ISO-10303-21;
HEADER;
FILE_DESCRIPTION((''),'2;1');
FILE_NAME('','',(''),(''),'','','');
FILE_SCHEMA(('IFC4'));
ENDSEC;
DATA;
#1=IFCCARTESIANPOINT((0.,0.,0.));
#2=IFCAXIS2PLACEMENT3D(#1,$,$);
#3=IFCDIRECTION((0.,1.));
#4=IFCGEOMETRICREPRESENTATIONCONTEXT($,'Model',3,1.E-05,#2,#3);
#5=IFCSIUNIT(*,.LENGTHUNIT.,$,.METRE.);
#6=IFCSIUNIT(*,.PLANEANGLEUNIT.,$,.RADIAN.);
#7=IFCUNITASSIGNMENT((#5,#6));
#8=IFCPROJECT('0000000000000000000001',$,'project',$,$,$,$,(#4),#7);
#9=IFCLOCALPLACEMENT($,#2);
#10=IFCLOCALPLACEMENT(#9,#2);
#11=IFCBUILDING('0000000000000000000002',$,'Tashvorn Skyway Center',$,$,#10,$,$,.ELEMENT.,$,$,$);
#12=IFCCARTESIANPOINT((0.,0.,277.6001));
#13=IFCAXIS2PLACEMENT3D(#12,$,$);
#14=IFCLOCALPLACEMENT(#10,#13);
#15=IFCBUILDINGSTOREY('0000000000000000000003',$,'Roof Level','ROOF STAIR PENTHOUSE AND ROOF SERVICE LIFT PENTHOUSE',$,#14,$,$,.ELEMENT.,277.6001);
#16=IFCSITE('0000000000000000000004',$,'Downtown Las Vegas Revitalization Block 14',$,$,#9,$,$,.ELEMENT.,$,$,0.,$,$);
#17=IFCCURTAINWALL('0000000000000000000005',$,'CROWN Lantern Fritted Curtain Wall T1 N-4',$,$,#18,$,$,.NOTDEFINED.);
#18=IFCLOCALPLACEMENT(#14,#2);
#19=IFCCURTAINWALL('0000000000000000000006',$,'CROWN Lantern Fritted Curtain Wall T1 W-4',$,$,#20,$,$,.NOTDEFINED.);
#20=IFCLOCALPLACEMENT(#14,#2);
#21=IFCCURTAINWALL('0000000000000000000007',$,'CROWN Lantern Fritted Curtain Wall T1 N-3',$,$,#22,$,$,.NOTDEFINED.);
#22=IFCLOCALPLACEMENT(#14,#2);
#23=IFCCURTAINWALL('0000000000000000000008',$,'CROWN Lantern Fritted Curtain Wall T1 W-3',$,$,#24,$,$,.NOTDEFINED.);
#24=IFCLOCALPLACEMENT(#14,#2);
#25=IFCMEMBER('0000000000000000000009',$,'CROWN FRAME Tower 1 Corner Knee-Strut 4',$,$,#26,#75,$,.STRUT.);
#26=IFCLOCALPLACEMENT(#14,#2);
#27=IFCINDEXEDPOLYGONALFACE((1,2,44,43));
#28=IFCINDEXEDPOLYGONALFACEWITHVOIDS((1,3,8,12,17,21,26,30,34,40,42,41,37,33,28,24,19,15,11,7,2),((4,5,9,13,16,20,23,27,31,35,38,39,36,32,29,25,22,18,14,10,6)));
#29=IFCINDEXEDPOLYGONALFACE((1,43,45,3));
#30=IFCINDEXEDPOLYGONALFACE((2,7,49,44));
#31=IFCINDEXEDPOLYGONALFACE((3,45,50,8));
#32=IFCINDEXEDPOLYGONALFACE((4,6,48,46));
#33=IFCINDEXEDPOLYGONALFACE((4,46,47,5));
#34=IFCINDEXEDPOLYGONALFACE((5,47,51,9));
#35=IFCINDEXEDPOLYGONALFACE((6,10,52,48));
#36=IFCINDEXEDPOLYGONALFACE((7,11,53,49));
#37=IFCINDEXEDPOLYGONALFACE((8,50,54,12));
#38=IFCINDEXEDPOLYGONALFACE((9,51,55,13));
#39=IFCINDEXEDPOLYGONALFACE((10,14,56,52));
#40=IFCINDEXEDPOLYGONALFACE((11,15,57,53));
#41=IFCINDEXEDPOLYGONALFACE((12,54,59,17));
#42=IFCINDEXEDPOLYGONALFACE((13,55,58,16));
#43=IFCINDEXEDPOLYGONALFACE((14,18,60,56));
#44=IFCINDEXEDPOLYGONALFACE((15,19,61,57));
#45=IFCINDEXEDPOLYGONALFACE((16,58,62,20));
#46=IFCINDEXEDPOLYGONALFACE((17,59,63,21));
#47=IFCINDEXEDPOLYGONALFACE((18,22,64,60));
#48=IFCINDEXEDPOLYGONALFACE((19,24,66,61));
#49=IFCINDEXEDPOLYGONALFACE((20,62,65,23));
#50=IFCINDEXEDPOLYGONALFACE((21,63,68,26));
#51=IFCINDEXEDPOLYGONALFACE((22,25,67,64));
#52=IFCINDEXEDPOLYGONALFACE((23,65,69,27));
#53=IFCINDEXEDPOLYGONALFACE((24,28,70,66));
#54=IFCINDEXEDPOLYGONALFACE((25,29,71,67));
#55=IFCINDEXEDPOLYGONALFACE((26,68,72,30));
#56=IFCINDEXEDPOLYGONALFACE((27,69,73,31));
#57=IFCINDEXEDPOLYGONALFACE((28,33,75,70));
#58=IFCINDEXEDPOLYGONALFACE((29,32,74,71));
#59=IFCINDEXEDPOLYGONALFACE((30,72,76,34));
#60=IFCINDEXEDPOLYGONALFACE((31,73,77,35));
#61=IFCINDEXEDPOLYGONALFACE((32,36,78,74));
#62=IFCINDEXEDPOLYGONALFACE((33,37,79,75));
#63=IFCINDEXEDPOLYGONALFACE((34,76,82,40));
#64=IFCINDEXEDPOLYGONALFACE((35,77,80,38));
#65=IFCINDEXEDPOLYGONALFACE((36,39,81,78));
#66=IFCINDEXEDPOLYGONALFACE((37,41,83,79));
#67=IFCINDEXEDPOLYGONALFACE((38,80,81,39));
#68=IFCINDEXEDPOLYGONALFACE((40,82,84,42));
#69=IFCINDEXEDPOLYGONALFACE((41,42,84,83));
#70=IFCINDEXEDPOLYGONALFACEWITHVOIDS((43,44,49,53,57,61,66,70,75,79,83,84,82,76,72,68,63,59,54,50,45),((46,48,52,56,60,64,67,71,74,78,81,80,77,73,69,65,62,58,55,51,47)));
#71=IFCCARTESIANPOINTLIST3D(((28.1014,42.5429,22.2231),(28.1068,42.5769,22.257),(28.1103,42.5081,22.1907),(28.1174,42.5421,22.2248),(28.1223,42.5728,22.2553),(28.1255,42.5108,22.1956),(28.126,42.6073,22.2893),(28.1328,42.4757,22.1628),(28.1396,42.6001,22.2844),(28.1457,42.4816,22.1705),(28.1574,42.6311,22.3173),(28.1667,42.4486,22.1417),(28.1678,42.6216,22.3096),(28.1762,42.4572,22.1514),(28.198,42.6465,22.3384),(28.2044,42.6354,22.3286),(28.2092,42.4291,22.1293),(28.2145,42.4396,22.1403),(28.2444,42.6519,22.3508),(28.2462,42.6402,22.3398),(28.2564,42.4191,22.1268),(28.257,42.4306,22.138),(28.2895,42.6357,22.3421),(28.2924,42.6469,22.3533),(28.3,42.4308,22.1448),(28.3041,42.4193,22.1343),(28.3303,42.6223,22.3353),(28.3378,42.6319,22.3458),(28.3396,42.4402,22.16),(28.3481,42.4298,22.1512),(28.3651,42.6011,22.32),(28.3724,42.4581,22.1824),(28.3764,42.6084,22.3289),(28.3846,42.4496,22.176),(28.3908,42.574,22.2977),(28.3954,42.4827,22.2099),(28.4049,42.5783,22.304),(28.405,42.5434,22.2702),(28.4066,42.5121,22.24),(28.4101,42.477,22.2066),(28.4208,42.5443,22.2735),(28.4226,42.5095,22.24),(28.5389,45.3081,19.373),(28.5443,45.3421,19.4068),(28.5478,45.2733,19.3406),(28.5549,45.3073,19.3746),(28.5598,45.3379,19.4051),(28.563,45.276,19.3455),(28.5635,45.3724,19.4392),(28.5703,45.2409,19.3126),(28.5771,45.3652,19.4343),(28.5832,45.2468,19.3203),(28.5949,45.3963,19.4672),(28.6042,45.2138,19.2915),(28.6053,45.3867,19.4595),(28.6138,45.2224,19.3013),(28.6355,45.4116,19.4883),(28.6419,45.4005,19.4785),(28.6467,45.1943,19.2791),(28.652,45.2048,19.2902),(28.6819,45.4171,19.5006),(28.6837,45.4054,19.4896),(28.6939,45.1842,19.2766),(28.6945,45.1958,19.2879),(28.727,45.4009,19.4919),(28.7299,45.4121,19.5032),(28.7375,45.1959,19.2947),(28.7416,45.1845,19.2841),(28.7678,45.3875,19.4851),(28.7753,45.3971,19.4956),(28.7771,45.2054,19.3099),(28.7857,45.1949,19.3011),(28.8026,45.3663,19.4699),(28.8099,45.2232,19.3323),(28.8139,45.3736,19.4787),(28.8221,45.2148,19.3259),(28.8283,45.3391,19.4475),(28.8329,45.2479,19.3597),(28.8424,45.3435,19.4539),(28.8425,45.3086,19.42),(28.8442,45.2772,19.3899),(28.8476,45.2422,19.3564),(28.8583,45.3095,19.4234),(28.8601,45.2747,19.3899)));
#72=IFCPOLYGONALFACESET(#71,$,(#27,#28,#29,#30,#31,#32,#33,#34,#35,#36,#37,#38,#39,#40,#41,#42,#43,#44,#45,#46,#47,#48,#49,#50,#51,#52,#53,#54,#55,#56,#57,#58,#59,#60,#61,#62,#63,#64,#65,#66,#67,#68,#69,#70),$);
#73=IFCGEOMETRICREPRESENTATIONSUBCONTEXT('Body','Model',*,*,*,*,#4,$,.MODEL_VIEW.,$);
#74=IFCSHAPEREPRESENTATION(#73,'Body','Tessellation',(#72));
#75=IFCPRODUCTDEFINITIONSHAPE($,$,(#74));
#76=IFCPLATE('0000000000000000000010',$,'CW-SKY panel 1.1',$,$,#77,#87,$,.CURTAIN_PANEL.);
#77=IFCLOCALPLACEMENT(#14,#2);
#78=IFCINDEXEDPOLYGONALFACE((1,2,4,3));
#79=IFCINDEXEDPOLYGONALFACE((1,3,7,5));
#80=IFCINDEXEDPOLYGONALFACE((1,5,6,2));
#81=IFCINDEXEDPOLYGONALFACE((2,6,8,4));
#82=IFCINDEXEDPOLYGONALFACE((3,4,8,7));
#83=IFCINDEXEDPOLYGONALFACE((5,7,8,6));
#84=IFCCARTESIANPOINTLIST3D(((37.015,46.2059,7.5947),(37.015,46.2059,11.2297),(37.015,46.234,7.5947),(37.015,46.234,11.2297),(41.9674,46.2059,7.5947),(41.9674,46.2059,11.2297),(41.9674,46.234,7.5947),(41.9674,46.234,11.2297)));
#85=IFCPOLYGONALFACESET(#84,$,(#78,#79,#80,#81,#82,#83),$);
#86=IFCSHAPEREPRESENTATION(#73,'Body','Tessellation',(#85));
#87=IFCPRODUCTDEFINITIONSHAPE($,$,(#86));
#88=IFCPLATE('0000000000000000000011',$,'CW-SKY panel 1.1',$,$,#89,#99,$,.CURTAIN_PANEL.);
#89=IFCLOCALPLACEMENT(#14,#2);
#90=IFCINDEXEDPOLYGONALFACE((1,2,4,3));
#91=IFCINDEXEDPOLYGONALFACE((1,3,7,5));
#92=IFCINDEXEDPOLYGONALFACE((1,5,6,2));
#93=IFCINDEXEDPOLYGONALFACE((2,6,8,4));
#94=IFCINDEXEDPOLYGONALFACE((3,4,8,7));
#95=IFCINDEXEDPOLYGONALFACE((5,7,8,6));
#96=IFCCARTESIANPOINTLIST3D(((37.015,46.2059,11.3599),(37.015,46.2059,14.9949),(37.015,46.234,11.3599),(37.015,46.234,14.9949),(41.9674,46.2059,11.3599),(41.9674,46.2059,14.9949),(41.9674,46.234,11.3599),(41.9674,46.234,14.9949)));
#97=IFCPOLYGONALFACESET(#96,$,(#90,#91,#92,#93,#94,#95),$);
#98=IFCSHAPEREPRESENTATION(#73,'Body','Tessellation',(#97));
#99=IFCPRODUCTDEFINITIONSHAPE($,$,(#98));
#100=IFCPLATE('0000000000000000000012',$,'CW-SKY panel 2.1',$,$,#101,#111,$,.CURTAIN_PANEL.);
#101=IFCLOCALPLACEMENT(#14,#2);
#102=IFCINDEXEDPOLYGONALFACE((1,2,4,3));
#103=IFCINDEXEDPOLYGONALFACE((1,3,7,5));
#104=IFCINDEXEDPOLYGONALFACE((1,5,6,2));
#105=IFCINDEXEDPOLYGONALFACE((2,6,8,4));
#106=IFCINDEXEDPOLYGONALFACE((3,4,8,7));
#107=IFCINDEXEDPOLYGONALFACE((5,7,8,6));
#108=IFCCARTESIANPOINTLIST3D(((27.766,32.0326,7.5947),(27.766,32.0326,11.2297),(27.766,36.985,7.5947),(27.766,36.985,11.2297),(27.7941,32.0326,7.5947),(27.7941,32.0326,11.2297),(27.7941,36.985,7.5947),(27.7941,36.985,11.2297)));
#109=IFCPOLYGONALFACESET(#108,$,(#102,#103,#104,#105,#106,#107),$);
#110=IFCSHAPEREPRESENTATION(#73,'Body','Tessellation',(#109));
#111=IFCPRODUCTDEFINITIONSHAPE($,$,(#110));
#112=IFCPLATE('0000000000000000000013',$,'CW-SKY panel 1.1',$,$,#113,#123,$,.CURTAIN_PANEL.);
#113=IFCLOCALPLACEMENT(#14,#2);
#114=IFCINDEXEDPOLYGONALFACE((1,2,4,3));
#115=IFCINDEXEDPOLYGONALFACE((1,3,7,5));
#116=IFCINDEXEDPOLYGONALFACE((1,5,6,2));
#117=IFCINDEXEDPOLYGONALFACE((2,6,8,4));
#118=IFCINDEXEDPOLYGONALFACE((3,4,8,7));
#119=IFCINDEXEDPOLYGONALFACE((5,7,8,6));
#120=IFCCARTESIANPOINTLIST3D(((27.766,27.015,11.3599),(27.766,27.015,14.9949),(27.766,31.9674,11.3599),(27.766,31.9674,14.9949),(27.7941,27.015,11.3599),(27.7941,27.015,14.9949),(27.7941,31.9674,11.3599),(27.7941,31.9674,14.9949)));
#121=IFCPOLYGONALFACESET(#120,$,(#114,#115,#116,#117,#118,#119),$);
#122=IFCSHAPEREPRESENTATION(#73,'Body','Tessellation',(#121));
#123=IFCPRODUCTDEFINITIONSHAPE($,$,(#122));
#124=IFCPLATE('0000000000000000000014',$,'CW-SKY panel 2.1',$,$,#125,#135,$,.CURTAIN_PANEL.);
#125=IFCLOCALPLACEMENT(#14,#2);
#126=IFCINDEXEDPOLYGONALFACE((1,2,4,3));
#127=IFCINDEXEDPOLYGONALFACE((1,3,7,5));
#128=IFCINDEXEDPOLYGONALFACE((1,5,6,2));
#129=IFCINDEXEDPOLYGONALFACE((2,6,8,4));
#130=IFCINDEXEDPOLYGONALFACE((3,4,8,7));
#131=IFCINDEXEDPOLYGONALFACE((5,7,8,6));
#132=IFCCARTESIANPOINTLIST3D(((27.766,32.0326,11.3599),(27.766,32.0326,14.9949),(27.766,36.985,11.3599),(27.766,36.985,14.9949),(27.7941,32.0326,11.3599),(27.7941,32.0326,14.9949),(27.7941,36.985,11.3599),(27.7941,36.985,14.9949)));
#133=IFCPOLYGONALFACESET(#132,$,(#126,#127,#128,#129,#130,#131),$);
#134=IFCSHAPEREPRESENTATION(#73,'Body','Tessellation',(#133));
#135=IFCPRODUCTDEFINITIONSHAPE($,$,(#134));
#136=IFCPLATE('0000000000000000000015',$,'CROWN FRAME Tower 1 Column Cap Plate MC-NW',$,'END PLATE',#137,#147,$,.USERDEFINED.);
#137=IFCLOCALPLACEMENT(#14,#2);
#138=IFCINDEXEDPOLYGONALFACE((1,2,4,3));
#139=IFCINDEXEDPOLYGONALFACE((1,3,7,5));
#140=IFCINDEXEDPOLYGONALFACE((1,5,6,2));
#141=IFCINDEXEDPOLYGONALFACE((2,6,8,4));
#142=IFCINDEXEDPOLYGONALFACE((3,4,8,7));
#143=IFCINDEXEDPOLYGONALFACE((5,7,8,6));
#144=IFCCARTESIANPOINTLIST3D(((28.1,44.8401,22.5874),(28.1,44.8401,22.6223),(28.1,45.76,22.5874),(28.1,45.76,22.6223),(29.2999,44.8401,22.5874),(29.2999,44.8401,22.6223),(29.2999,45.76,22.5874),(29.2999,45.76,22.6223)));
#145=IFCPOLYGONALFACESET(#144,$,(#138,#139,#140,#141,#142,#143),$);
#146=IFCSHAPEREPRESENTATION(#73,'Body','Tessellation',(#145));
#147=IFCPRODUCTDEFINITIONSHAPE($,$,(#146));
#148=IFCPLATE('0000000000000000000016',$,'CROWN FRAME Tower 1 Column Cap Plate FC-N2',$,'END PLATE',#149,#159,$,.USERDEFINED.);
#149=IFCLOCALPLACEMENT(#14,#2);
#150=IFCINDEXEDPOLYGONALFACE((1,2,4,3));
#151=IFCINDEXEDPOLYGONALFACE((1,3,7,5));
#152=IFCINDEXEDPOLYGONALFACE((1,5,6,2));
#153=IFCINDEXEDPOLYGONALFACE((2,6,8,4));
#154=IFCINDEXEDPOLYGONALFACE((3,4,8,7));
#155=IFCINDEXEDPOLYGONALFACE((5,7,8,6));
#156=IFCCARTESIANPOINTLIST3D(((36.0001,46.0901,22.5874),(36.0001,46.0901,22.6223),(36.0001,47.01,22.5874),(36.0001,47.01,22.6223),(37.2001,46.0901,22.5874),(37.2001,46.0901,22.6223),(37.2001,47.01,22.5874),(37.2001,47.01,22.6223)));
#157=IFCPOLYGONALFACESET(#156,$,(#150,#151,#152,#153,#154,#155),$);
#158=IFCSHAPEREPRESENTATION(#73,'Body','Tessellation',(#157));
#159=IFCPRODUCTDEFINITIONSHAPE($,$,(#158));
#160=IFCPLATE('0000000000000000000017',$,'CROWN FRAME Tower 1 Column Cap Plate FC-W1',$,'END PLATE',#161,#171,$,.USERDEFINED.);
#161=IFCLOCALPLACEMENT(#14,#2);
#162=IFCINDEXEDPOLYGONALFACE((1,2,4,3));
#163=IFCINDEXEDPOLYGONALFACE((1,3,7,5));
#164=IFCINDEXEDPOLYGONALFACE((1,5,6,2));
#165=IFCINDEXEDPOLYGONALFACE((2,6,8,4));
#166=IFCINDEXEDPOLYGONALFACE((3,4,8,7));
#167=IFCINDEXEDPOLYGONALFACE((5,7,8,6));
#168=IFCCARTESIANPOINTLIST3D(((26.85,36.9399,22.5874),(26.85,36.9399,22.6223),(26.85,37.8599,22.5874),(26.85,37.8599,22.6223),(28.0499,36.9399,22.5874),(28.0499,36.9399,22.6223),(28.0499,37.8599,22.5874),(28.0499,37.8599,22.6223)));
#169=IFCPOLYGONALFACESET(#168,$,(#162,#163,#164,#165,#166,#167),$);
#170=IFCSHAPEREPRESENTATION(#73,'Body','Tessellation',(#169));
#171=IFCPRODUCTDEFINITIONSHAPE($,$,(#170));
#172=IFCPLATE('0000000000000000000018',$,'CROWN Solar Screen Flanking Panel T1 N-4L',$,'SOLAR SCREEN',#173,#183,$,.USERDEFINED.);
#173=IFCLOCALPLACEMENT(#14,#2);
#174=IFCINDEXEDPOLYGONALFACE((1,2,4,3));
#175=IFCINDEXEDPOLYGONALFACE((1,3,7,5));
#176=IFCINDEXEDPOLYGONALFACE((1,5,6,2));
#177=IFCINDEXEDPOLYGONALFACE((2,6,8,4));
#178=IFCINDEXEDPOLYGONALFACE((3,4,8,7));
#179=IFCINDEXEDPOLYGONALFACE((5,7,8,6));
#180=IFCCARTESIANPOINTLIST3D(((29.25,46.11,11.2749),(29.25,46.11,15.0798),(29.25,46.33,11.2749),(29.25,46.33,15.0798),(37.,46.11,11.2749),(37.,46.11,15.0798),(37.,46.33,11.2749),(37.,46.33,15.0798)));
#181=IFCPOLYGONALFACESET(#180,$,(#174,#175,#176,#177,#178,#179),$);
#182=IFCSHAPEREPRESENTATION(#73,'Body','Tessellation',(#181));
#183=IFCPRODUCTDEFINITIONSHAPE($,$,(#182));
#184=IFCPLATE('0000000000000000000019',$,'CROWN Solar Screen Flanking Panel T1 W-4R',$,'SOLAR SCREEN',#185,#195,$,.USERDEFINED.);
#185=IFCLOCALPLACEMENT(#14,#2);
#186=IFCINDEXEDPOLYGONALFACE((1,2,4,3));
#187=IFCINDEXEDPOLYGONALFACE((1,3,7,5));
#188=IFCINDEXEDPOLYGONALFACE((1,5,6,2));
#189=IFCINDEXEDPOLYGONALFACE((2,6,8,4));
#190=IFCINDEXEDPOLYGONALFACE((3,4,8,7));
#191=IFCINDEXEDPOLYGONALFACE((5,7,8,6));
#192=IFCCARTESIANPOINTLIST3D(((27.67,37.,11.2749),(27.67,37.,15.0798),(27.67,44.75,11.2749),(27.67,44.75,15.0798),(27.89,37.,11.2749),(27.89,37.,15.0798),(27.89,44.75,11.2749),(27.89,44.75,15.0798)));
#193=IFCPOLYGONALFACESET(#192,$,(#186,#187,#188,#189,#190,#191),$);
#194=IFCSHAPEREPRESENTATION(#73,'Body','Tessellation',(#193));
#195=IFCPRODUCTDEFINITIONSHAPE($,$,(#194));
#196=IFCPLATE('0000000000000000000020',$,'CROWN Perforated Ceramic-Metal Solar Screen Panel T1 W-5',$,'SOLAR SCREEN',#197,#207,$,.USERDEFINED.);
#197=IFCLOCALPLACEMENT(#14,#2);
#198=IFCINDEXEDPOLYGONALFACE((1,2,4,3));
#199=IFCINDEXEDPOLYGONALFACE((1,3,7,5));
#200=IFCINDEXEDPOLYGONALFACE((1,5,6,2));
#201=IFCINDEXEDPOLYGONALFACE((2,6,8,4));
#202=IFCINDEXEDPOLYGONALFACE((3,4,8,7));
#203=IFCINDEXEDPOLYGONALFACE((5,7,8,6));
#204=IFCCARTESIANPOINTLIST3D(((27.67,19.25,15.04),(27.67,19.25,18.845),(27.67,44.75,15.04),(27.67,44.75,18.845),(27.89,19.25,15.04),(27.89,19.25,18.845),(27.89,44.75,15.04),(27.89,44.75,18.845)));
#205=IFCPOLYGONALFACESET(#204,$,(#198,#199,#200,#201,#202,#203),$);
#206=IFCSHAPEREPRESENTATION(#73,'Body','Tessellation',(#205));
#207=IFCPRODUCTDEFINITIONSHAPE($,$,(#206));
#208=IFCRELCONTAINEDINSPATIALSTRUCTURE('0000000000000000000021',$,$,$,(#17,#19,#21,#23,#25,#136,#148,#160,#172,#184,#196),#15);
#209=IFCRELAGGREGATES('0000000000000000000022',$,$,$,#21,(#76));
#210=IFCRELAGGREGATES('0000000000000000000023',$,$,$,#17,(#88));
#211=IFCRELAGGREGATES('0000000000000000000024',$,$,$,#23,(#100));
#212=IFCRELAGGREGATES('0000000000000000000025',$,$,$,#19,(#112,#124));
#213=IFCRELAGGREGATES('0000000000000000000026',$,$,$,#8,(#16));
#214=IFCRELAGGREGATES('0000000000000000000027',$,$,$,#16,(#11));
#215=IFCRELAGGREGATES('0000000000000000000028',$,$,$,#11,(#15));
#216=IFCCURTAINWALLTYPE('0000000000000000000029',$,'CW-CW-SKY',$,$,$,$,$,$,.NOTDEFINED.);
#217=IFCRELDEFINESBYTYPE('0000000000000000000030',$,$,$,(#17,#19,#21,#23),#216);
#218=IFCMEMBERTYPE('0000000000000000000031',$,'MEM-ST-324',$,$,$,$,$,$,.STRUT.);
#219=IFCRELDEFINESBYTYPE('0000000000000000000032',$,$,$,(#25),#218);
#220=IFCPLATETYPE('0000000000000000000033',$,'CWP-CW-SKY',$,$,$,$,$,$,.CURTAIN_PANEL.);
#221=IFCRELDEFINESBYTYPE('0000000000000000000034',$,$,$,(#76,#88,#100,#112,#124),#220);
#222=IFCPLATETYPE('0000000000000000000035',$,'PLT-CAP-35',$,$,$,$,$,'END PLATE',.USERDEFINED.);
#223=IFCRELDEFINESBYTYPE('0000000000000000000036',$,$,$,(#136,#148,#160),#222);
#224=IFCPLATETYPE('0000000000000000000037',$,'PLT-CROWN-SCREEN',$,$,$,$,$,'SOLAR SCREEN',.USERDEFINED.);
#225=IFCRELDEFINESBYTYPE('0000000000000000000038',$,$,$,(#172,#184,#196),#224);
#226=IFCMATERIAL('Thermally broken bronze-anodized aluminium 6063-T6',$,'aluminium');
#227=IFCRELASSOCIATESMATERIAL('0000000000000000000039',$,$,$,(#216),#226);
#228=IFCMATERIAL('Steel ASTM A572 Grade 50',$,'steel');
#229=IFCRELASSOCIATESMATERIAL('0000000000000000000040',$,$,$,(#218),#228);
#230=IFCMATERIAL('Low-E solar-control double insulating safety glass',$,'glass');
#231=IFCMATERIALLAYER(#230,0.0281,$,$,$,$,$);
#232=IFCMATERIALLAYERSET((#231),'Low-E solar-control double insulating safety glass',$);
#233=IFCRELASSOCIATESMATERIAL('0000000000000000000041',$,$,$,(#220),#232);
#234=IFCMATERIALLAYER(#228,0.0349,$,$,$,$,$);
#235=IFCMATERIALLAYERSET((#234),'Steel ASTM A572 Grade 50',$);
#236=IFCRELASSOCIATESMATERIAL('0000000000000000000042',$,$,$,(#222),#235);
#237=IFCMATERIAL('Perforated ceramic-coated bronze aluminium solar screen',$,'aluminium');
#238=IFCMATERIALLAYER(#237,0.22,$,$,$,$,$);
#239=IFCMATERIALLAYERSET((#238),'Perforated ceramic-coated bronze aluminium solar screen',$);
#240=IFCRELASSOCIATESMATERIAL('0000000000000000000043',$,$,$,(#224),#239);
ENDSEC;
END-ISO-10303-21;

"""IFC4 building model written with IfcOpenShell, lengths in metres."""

from ifc_helpers import new_model, si_unit, direction, frame, origin, origin_2d, place, context, subcontext, project, spatial, rectangle, hollow_circle, extrude, material, layer, layer_set, material_profile, profile_set, type_object, element, aggregate, save


model = new_model("IFC4")

# Units and contexts
model_context = context("Model", 3, precision=1e-05, world=origin(), true_north=direction((0.0, 1.0)))
body_context = subcontext(model_context, "Body", "Model", "MODEL_VIEW")
ifc_project = project(units=[si_unit("LENGTHUNIT", "METRE"), si_unit("PLANEANGLEUNIT", "RADIAN")], contexts=[model_context])

# Site, building, storey
site_placement = place(None, origin())
site = spatial("IfcSite", under=ifc_project, at=site_placement, Name="Downtown Las Vegas Revitalization Block 14", CompositionType="ELEMENT", RefElevation=0.0)
building_placement = place(site_placement, origin())
building = spatial("IfcBuilding", under=site, at=building_placement, Name="Tashvorn Skyway Center", CompositionType="ELEMENT")
storey_placement = place(building_placement, frame((0.0, 0.0, 277.6001)))
storey = spatial("IfcBuildingStorey", under=building, at=storey_placement, Name="Roof Level", Description="ROOF STAIR PENTHOUSE AND ROOF SERVICE LIFT PENTHOUSE", CompositionType="ELEMENT", Elevation=277.6001)

# Shared definitions
ifc_material_1 = material(Name="Steel ASTM A572 Grade 50", Category="steel")

# Curtain wall
ifc_material_2 = material(Name="Thermally broken bronze-anodized aluminium 6063-T6", Category="aluminium")
curtain_wall_type = type_object("IfcCurtainWallType", Name="CW-CW-SKY", PredefinedType="NOTDEFINED", material=ifc_material_2)
curtain_wall_1_placement = place(storey_placement, origin())
curtain_wall_1 = element("IfcCurtainWall", 1, at=curtain_wall_1_placement, inside=storey, type_object=curtain_wall_type, Name="CROWN Lantern Fritted Curtain Wall T1 N-4", PredefinedType="NOTDEFINED")

# Curtain wall
curtain_wall_2_placement = place(storey_placement, origin())
curtain_wall_2 = element("IfcCurtainWall", 2, at=curtain_wall_2_placement, inside=storey, type_object=curtain_wall_type, Name="CROWN Lantern Fritted Curtain Wall T1 W-4", PredefinedType="NOTDEFINED")

# Curtain wall
curtain_wall_3_placement = place(storey_placement, origin())
curtain_wall_3 = element("IfcCurtainWall", 3, at=curtain_wall_3_placement, inside=storey, type_object=curtain_wall_type, Name="CROWN Lantern Fritted Curtain Wall T1 N-3", PredefinedType="NOTDEFINED")

# Curtain wall
curtain_wall_4_placement = place(storey_placement, origin())
curtain_wall_4 = element("IfcCurtainWall", 4, at=curtain_wall_4_placement, inside=storey, type_object=curtain_wall_type, Name="CROWN Lantern Fritted Curtain Wall T1 W-3", PredefinedType="NOTDEFINED")

# Member
ifc_material_profile_1 = material_profile(ifc_material_1, hollow_circle(Radius=0.1621, WallThickness=0.0161, at=origin_2d()), Name="CHS324x16")
ifc_profile_set_1 = profile_set([ifc_material_profile_1], Name="Steel ASTM A572 Grade 50")
member_type_1 = type_object("IfcMemberType", Name="MEM-ST-324", PredefinedType="STRUT", material=ifc_profile_set_1)
member_1_placement = place(storey_placement, frame((28.7, 45.3, 19.3899), z_axis=(-0.10951, -0.69214, 0.713407), x_axis=(0.987713, -0.156276, 0.0)))
element("IfcMember", 5, at=member_1_placement, inside=storey, type_object=member_type_1, Name="CROWN FRAME Tower 1 Corner Knee-Strut 4", PredefinedType="STRUT", context=body_context, shape_type="SweptSolid", body=[
    extrude(hollow_circle(Radius=0.1621, WallThickness=0.0161, at=origin_2d()), origin(), (0.0, 0.0, 1.0), 3.9951),
])

# Plates
ifc_material_3 = material(Name="Low-E solar-control double insulating safety glass", Category="glass")
ifc_layer_1 = layer(ifc_material_3, 0.0281)
ifc_layer_set_1 = layer_set([ifc_layer_1], Name="Low-E solar-control double insulating safety glass")
plate_type_1 = type_object("IfcPlateType", Name="CWP-CW-SKY", PredefinedType="CURTAIN_PANEL", material=ifc_layer_set_1)
plate_1_placement = place(storey_placement, frame((39.4912, 46.22, 7.5947), z_axis=(0.0, 0.0, 1.0), x_axis=(1.0, 0.0, 0.0)))
plate_1 = element("IfcPlate", 6, at=plate_1_placement, type_object=plate_type_1, Name="CW-SKY panel 1.1", PredefinedType="CURTAIN_PANEL", context=body_context, shape_type="SweptSolid", body=[
    extrude(rectangle(XDim=4.9524, YDim=0.0281, at=origin_2d()), origin(), (0.0, 0.0, 1.0), 3.635),
])
aggregate(curtain_wall_3, [plate_1])
plate_2_placement = place(storey_placement, frame((39.4912, 46.22, 11.3599), z_axis=(0.0, 0.0, 1.0), x_axis=(1.0, 0.0, 0.0)))
plate_2 = element("IfcPlate", 7, at=plate_2_placement, type_object=plate_type_1, Name="CW-SKY panel 1.1", PredefinedType="CURTAIN_PANEL", context=body_context, shape_type="SweptSolid", body=[
    extrude(rectangle(XDim=4.9524, YDim=0.0281, at=origin_2d()), origin(), (0.0, 0.0, 1.0), 3.635),
])
aggregate(curtain_wall_1, [plate_2])
plate_3_placement = place(storey_placement, frame((27.78, 34.5088, 7.5947), z_axis=(0.0, 0.0, 1.0), x_axis=(0.0, 1.0, 0.0)))
plate_3 = element("IfcPlate", 8, at=plate_3_placement, type_object=plate_type_1, Name="CW-SKY panel 2.1", PredefinedType="CURTAIN_PANEL", context=body_context, shape_type="SweptSolid", body=[
    extrude(rectangle(XDim=4.9524, YDim=0.0281, at=origin_2d()), origin(), (0.0, 0.0, 1.0), 3.635),
])
aggregate(curtain_wall_4, [plate_3])
plate_4_placement = place(storey_placement, frame((27.78, 29.4912, 11.3599), z_axis=(0.0, 0.0, 1.0), x_axis=(0.0, 1.0, 0.0)))
plate_4 = element("IfcPlate", 9, at=plate_4_placement, type_object=plate_type_1, Name="CW-SKY panel 1.1", PredefinedType="CURTAIN_PANEL", context=body_context, shape_type="SweptSolid", body=[
    extrude(rectangle(XDim=4.9524, YDim=0.0281, at=origin_2d()), origin(), (0.0, 0.0, 1.0), 3.635),
])
plate_5_placement = place(storey_placement, frame((27.78, 34.5088, 11.3599), z_axis=(0.0, 0.0, 1.0), x_axis=(0.0, 1.0, 0.0)))
plate_5 = element("IfcPlate", 10, at=plate_5_placement, type_object=plate_type_1, Name="CW-SKY panel 2.1", PredefinedType="CURTAIN_PANEL", context=body_context, shape_type="SweptSolid", body=[
    extrude(rectangle(XDim=4.9524, YDim=0.0281, at=origin_2d()), origin(), (0.0, 0.0, 1.0), 3.635),
])
aggregate(curtain_wall_2, [plate_4, plate_5])

# Plates
ifc_layer_2 = layer(ifc_material_1, 0.0349)
ifc_layer_set_2 = layer_set([ifc_layer_2], Name="Steel ASTM A572 Grade 50")
plate_type_2 = type_object("IfcPlateType", Name="PLT-CAP-35", ElementType="END PLATE", PredefinedType="USERDEFINED", material=ifc_layer_set_2)
for number, where, z_axis, x_axis, name in (
    (11, (28.7, 45.3, 22.5874), (0.0, 0.0, 1.0), (1.0, 0.0, 0.0), "CROWN FRAME Tower 1 Column Cap Plate MC-NW"),
    (12, (36.6001, 46.55, 22.5874), (0.0, 0.0, 1.0), (1.0, 0.0, 0.0), "CROWN FRAME Tower 1 Column Cap Plate FC-N2"),
    (13, (27.45, 37.3999, 22.5874), (0.0, 0.0, 1.0), (1.0, 0.0, 0.0), "CROWN FRAME Tower 1 Column Cap Plate FC-W1"),
):
    element("IfcPlate", number, at=place(storey_placement, frame(where, z_axis=z_axis, x_axis=x_axis)), inside=storey, type_object=plate_type_2, Name=name, ObjectType="END PLATE", PredefinedType="USERDEFINED", context=body_context, shape_type="SweptSolid", body=[
        extrude(rectangle(XDim=1.2, YDim=0.9199, at=origin_2d()), origin(), (0.0, 0.0, 1.0), 0.0349),
    ])
ifc_material_4 = material(Name="Perforated ceramic-coated bronze aluminium solar screen", Category="aluminium")
ifc_layer_3 = layer(ifc_material_4, 0.22)
ifc_layer_set_3 = layer_set([ifc_layer_3], Name="Perforated ceramic-coated bronze aluminium solar screen")
plate_type_3 = type_object("IfcPlateType", Name="PLT-CROWN-SCREEN", ElementType="SOLAR SCREEN", PredefinedType="USERDEFINED", material=ifc_layer_set_3)
for number, where, z_axis, x_axis, name in (
    (14, (33.125, 46.22, 11.2749), (0.0, 0.0, 1.0), (-1.0, 0.0, 0.0), "CROWN Solar Screen Flanking Panel T1 N-4L"),
    (15, (27.78, 40.875, 11.2749), (0.0, 0.0, 1.0), (0.0, -1.0, 0.0), "CROWN Solar Screen Flanking Panel T1 W-4R"),
):
    element("IfcPlate", number, at=place(storey_placement, frame(where, z_axis=z_axis, x_axis=x_axis)), inside=storey, type_object=plate_type_3, Name=name, ObjectType="SOLAR SCREEN", PredefinedType="USERDEFINED", context=body_context, shape_type="SweptSolid", body=[
        extrude(rectangle(XDim=7.75, YDim=0.22, at=origin_2d()), origin(), (0.0, 0.0, 1.0), 3.8049),
    ])
for number, where, z_axis, x_axis, name in (
    (16, (27.78, 32.0, 15.04), (0.0, 0.0, 1.0), (0.0, -1.0, 0.0), "CROWN Perforated Ceramic-Metal Solar Screen Panel T1 W-5"),
):
    element("IfcPlate", number, at=place(storey_placement, frame(where, z_axis=z_axis, x_axis=x_axis)), inside=storey, type_object=plate_type_3, Name=name, ObjectType="SOLAR SCREEN", PredefinedType="USERDEFINED", context=body_context, shape_type="SweptSolid", body=[
        extrude(rectangle(XDim=25.5, YDim=0.22, at=origin_2d()), origin(), (0.0, 0.0, 1.0), 3.8049),
    ])

save(model, "model.ifc")
